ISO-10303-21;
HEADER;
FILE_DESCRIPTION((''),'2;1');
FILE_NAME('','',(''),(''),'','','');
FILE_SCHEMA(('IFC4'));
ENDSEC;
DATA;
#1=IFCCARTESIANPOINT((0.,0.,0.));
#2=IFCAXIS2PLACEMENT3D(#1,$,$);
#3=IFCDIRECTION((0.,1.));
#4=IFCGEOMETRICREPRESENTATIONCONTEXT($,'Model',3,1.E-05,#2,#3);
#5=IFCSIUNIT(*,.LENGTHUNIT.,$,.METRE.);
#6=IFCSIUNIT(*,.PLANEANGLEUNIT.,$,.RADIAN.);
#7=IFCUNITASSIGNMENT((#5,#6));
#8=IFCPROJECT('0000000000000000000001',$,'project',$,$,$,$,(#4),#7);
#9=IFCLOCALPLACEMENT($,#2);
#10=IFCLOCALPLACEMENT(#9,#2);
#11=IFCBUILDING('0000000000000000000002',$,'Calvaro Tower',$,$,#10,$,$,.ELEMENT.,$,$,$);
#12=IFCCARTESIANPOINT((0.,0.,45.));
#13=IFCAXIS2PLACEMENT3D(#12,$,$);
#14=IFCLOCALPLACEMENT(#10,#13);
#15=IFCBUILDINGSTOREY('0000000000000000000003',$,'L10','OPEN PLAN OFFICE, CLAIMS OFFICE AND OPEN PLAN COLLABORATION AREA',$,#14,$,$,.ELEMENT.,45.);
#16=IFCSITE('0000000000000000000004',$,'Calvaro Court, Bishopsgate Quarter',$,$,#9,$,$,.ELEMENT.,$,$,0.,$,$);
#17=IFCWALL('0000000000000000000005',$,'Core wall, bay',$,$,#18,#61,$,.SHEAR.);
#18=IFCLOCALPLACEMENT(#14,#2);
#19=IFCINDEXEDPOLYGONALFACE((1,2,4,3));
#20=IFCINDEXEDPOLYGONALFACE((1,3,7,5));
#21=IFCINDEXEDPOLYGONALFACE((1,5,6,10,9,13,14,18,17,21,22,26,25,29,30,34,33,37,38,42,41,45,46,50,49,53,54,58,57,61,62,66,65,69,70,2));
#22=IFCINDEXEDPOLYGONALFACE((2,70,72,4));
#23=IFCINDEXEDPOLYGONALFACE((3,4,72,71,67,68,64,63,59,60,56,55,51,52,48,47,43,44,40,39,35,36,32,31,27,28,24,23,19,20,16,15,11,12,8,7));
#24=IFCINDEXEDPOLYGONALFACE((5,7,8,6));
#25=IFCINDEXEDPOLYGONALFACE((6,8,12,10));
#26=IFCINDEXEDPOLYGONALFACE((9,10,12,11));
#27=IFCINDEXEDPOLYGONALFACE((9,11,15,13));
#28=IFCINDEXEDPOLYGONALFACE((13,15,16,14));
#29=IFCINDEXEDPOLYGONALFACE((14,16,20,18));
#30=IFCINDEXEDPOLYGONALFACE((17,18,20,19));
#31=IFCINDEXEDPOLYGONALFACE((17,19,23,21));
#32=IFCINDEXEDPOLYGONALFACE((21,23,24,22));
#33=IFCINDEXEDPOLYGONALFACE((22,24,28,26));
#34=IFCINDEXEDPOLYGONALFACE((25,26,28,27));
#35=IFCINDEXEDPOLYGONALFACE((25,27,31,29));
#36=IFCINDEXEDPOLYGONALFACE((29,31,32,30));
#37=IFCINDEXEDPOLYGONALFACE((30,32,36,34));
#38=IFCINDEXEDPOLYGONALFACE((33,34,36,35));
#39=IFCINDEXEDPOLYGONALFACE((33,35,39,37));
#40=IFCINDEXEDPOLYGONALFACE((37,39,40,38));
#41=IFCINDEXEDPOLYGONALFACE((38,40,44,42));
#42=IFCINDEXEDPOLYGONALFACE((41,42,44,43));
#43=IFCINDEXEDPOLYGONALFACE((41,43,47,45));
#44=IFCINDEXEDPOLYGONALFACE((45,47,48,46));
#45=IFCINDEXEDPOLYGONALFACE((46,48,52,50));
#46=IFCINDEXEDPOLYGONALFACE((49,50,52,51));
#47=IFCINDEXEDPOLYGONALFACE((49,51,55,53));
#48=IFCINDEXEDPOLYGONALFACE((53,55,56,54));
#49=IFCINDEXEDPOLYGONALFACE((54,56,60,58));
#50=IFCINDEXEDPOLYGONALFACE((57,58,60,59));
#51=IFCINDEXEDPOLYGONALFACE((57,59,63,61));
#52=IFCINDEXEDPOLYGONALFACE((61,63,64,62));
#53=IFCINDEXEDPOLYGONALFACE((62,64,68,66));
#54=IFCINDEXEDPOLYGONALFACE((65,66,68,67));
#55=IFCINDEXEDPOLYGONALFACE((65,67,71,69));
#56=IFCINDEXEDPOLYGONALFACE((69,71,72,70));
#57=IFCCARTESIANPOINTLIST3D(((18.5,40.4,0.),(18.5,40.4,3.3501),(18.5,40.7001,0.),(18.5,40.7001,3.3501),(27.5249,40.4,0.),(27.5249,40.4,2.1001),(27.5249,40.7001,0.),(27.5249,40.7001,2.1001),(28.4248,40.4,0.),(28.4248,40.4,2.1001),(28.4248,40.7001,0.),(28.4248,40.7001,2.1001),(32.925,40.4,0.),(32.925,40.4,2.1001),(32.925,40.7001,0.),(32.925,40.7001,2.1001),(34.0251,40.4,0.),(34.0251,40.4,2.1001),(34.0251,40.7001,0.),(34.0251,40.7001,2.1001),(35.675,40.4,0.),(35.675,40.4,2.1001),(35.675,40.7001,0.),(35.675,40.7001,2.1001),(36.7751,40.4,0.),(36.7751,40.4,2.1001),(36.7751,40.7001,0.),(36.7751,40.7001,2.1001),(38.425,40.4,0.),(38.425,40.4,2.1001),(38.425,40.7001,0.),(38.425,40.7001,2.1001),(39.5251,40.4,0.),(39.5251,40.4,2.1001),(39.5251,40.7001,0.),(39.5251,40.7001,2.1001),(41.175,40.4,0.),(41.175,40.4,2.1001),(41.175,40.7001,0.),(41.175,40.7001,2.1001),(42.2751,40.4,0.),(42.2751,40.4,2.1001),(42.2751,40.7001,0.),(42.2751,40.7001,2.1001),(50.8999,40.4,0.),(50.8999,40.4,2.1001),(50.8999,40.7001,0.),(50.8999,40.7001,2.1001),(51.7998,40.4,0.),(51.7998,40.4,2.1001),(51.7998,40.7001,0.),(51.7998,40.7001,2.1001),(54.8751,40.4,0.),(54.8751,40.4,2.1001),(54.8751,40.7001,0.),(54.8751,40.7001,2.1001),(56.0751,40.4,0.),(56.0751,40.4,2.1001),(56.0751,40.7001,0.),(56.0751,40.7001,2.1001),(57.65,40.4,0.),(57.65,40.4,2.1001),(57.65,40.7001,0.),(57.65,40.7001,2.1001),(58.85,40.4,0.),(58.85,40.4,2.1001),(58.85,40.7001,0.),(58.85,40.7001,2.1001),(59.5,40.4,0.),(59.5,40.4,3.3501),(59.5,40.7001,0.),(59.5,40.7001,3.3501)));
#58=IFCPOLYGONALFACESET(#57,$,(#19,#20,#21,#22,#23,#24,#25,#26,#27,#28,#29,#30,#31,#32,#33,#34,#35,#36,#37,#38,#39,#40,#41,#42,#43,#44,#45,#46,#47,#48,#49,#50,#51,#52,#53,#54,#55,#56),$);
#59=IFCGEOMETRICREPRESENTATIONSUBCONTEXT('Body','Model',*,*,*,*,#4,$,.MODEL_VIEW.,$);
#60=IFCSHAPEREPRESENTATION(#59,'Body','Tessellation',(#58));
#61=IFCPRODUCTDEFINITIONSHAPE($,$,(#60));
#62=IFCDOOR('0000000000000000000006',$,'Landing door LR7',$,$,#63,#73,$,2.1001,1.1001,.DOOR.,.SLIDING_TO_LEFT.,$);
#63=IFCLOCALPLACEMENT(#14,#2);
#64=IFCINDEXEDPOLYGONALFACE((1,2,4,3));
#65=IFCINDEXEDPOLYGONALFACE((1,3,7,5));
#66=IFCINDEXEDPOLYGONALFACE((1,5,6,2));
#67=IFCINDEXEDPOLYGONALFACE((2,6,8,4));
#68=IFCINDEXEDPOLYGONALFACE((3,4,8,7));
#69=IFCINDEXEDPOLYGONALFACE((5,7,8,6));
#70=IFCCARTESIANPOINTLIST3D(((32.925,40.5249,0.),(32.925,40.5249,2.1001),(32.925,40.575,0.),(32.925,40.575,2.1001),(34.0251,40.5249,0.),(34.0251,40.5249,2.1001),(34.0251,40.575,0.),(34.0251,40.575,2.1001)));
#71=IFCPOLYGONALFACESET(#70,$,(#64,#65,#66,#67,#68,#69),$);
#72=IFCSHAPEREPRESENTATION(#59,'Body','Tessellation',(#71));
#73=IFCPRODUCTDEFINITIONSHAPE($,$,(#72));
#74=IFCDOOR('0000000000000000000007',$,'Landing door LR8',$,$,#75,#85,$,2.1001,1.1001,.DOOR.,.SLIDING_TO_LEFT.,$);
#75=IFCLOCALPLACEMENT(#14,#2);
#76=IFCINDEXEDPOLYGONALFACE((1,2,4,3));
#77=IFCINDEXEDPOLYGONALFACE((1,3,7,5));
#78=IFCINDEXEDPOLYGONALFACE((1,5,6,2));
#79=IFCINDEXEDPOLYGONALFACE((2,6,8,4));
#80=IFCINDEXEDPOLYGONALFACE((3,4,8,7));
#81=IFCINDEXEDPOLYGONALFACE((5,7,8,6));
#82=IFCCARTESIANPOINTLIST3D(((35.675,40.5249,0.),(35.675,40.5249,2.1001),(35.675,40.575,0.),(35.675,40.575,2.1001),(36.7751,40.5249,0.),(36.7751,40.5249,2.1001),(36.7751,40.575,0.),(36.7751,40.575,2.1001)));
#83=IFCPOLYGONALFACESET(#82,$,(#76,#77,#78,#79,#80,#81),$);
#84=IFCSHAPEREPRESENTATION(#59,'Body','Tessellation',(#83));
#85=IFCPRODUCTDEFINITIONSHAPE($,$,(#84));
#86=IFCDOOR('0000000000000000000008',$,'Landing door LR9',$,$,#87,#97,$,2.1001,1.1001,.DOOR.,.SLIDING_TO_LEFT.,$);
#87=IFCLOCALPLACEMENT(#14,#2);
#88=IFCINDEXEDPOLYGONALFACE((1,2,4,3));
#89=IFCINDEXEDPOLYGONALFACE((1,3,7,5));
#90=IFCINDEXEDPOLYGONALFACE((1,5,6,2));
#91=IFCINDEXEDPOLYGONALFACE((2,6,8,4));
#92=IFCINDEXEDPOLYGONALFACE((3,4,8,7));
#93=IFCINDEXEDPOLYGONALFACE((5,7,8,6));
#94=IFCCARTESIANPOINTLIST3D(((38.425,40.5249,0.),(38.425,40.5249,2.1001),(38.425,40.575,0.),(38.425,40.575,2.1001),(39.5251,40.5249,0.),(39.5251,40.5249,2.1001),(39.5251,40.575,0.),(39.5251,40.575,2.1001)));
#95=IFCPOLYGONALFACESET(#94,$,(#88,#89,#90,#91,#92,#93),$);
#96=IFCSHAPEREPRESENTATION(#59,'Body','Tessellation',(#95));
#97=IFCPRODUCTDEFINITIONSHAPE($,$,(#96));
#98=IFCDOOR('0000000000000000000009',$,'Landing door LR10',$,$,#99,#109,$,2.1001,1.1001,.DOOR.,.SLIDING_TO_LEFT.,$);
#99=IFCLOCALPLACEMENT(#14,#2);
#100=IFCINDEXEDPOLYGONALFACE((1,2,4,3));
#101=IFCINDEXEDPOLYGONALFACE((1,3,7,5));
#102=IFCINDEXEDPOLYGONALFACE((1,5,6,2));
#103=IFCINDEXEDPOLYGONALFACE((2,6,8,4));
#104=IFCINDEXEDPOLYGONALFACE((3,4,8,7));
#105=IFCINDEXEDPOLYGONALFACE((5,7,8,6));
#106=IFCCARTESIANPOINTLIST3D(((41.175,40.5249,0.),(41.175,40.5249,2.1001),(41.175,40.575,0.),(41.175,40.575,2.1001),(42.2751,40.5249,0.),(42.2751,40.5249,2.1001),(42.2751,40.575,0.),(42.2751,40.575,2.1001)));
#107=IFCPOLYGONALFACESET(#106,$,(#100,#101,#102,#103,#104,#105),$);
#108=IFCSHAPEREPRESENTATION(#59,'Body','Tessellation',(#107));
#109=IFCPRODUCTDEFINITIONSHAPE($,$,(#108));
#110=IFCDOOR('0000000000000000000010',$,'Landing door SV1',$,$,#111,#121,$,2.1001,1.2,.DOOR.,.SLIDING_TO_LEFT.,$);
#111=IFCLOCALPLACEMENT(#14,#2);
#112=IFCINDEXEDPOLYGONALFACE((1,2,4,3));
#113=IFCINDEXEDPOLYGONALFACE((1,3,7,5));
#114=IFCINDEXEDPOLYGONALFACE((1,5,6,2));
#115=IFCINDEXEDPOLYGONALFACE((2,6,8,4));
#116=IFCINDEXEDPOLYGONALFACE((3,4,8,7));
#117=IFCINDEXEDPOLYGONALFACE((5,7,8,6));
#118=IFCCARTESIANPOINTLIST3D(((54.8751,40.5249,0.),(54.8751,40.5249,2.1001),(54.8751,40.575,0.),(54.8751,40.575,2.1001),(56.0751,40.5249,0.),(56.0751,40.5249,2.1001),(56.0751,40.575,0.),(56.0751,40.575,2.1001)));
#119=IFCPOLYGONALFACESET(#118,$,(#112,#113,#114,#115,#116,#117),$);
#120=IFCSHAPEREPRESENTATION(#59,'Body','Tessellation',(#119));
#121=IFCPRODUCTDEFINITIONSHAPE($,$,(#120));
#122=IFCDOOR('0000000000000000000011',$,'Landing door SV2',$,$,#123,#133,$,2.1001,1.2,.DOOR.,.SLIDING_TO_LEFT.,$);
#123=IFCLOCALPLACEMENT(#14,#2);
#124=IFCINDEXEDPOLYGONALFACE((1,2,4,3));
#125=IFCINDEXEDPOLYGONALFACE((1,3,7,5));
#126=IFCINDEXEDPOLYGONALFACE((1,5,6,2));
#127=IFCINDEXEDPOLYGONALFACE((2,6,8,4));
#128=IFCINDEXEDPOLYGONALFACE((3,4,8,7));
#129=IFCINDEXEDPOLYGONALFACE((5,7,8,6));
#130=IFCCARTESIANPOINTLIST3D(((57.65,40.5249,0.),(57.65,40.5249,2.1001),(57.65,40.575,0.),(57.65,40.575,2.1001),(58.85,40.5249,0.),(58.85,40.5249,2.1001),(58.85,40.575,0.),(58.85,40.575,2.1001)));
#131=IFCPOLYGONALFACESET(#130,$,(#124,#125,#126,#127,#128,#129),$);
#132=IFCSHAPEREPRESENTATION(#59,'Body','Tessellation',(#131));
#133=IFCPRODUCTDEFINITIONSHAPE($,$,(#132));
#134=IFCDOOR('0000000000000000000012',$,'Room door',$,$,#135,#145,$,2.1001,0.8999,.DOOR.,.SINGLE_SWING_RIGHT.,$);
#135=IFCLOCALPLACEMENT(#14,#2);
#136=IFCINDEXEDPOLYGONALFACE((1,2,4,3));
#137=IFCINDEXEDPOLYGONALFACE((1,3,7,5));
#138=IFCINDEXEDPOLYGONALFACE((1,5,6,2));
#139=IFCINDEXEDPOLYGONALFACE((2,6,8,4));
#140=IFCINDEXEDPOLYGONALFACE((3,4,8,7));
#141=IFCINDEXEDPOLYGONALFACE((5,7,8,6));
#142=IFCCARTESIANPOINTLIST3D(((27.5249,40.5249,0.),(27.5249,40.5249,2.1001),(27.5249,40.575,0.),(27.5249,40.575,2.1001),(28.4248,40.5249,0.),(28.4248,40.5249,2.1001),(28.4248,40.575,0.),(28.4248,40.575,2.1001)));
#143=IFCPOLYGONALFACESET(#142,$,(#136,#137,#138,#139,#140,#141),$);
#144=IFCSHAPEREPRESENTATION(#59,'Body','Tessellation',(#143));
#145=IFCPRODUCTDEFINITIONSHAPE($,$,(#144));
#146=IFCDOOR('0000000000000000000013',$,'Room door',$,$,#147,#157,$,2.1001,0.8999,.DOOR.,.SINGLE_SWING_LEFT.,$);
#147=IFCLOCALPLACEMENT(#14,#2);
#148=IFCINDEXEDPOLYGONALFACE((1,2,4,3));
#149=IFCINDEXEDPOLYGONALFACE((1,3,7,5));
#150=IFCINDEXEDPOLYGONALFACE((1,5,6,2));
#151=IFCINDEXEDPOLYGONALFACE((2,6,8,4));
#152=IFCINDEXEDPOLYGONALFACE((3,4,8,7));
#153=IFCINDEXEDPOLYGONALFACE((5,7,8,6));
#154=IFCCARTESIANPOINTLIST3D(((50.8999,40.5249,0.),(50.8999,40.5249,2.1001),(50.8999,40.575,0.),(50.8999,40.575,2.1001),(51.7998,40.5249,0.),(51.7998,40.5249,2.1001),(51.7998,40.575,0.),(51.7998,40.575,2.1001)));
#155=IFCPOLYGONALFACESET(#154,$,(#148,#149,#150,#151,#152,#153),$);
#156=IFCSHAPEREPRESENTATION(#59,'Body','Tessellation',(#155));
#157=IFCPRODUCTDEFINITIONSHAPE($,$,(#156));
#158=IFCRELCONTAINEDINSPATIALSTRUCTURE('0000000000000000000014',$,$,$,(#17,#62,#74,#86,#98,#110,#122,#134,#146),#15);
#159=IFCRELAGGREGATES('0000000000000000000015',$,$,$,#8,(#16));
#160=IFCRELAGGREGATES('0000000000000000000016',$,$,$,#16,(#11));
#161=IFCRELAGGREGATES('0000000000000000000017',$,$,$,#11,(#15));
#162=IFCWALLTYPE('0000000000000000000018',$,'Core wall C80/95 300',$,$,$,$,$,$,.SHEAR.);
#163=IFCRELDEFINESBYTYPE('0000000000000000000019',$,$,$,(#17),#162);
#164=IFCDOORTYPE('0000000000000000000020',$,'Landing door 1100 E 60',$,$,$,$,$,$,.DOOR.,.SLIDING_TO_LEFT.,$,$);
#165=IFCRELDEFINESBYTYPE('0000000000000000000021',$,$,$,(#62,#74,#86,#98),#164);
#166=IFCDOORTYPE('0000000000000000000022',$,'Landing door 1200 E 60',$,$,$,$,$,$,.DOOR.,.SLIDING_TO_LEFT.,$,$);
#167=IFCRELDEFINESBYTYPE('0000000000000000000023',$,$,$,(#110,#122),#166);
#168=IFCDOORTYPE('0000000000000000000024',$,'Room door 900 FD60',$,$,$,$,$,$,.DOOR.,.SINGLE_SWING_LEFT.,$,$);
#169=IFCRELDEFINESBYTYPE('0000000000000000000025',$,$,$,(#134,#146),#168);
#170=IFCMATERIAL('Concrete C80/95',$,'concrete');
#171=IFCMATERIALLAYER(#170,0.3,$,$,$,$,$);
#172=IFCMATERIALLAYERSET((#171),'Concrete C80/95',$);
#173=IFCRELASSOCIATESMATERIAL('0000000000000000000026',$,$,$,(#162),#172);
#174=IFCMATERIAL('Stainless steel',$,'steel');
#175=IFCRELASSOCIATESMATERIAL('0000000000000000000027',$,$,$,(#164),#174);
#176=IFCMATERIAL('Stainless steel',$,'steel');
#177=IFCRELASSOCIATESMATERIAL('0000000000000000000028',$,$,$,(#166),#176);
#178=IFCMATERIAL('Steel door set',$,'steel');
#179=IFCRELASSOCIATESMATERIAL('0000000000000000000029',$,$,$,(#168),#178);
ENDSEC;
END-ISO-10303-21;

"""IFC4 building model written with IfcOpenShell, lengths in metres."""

from ifc_helpers import new_model, si_unit, direction, frame, frame_2d, origin, place, context, subcontext, project, spatial, rectangle, extrude, material, layer, layer_set, type_object, element, fill, save


model = new_model("IFC4")

# Units and contexts
model_context = context("Model", 3, precision=1e-05, world=origin(), true_north=direction((0.0, 1.0)))
body_context = subcontext(model_context, "Body", "Model", "MODEL_VIEW")
ifc_project = project(units=[si_unit("LENGTHUNIT", "METRE"), si_unit("PLANEANGLEUNIT", "RADIAN")], contexts=[model_context])

# Site, building, storey
site_placement = place(None, origin())
site = spatial("IfcSite", under=ifc_project, at=site_placement, Name="Calvaro Court, Bishopsgate Quarter", CompositionType="ELEMENT", RefElevation=0.0)
building_placement = place(site_placement, origin())
building = spatial("IfcBuilding", under=site, at=building_placement, Name="Calvaro Tower", CompositionType="ELEMENT")
storey_placement = place(building_placement, frame((0.0, 0.0, 45.0)))
storey = spatial("IfcBuildingStorey", under=building, at=storey_placement, Name="L10", Description="OPEN PLAN OFFICE, CLAIMS OFFICE AND OPEN PLAN COLLABORATION AREA", CompositionType="ELEMENT", Elevation=45.0)

# Shared definitions
ifc_material_1 = material(Name="Concrete C80/95", Category="concrete")
ifc_layer_1 = layer(ifc_material_1, 0.3)
ifc_layer_set_1 = layer_set([ifc_layer_1], Name="Concrete C80/95")
wall_type_1 = type_object("IfcWallType", Name="Core wall C80/95 300", PredefinedType="SHEAR", material=ifc_layer_set_1)
ifc_material_2 = material(Name="Stainless steel", Category="steel")
door_type_1 = type_object("IfcDoorType", Name="Landing door 1100 E 60", OperationType="SLIDING_TO_LEFT", PredefinedType="DOOR", material=ifc_material_2)

# Wall, openings, doors
wall_1_placement = place(storey_placement, frame((18.5, 40.55, 0.0), z_axis=(0.0, 0.0, 1.0), x_axis=(1.0, 0.0, 0.0)))
wall_1 = element("IfcWall", 1, at=wall_1_placement, inside=storey, type_object=wall_type_1, Name="Core wall, bay", PredefinedType="SHEAR", context=body_context, shape_type="SweptSolid", body=[
    extrude(rectangle(XDim=41.0, YDim=0.3, at=frame_2d((20.5, 0.0))), origin(), (0.0, 0.0, 1.0), 3.3501),
])
opening_1_placement = place(wall_1_placement, frame((9.0249, 0.0, 0.0)))
opening_1 = element("IfcOpeningElement", 2, at=opening_1_placement, cuts=wall_1, PredefinedType="OPENING", context=body_context, shape_type="SweptSolid", body=[
    extrude(rectangle(XDim=0.8999, YDim=2.1001, at=frame_2d((0.45, 1.05))), frame((0.0, 0.1599, 0.0), z_axis=(0.0, -1.0, 0.0), x_axis=(1.0, 0.0, 0.0)), (0.0, 0.0, 1.0), 0.3201),
])
opening_2_placement = place(wall_1_placement, frame((32.3999, 0.0, 0.0)))
opening_2 = element("IfcOpeningElement", 3, at=opening_2_placement, cuts=wall_1, PredefinedType="OPENING", context=body_context, shape_type="SweptSolid", body=[
    extrude(rectangle(XDim=0.8999, YDim=2.1001, at=frame_2d((0.45, 1.05))), frame((0.0, 0.1599, 0.0), z_axis=(0.0, -1.0, 0.0), x_axis=(1.0, 0.0, 0.0)), (0.0, 0.0, 1.0), 0.3201),
])
opening_3_placement = place(wall_1_placement, frame((14.425, 0.0, 0.0)))
opening_3 = element("IfcOpeningElement", 4, at=opening_3_placement, cuts=wall_1, PredefinedType="OPENING", context=body_context, shape_type="SweptSolid", body=[
    extrude(rectangle(XDim=1.1001, YDim=2.1001, at=frame_2d((0.55, 1.05))), frame((0.0, 0.1599, 0.0), z_axis=(0.0, -1.0, 0.0), x_axis=(1.0, 0.0, 0.0)), (0.0, 0.0, 1.0), 0.3201),
])
opening_4_placement = place(wall_1_placement, frame((17.175, 0.0, 0.0)))
opening_4 = element("IfcOpeningElement", 5, at=opening_4_placement, cuts=wall_1, PredefinedType="OPENING", context=body_context, shape_type="SweptSolid", body=[
    extrude(rectangle(XDim=1.1001, YDim=2.1001, at=frame_2d((0.55, 1.05))), frame((0.0, 0.1599, 0.0), z_axis=(0.0, -1.0, 0.0), x_axis=(1.0, 0.0, 0.0)), (0.0, 0.0, 1.0), 0.3201),
])
opening_5_placement = place(wall_1_placement, frame((19.925, 0.0, 0.0)))
opening_5 = element("IfcOpeningElement", 6, at=opening_5_placement, cuts=wall_1, PredefinedType="OPENING", context=body_context, shape_type="SweptSolid", body=[
    extrude(rectangle(XDim=1.1001, YDim=2.1001, at=frame_2d((0.55, 1.05))), frame((0.0, 0.1599, 0.0), z_axis=(0.0, -1.0, 0.0), x_axis=(1.0, 0.0, 0.0)), (0.0, 0.0, 1.0), 0.3201),
])
opening_6_placement = place(wall_1_placement, frame((22.675, 0.0, 0.0)))
opening_6 = element("IfcOpeningElement", 7, at=opening_6_placement, cuts=wall_1, PredefinedType="OPENING", context=body_context, shape_type="SweptSolid", body=[
    extrude(rectangle(XDim=1.1001, YDim=2.1001, at=frame_2d((0.55, 1.05))), frame((0.0, 0.1599, 0.0), z_axis=(0.0, -1.0, 0.0), x_axis=(1.0, 0.0, 0.0)), (0.0, 0.0, 1.0), 0.3201),
])
opening_7_placement = place(wall_1_placement, frame((36.375, 0.0, 0.0)))
opening_7 = element("IfcOpeningElement", 8, at=opening_7_placement, cuts=wall_1, PredefinedType="OPENING", context=body_context, shape_type="SweptSolid", body=[
    extrude(rectangle(XDim=1.2, YDim=2.1001, at=frame_2d((0.6001, 1.05))), frame((0.0, 0.1599, 0.0), z_axis=(0.0, -1.0, 0.0), x_axis=(1.0, 0.0, 0.0)), (0.0, 0.0, 1.0), 0.3201),
])
opening_8_placement = place(wall_1_placement, frame((39.1499, 0.0, 0.0)))
opening_8 = element("IfcOpeningElement", 9, at=opening_8_placement, cuts=wall_1, PredefinedType="OPENING", context=body_context, shape_type="SweptSolid", body=[
    extrude(rectangle(XDim=1.2, YDim=2.1001, at=frame_2d((0.6001, 1.05))), frame((0.0, 0.1599, 0.0), z_axis=(0.0, -1.0, 0.0), x_axis=(1.0, 0.0, 0.0)), (0.0, 0.0, 1.0), 0.3201),
])
door_1_placement = place(opening_3_placement, origin())
door_1 = element("IfcDoor", 10, at=door_1_placement, inside=storey, type_object=door_type_1, Name="Landing door LR7", OperationType="SLIDING_TO_LEFT", OverallHeight=2.1001, OverallWidth=1.1001, PredefinedType="DOOR", context=body_context, shape_type="SweptSolid", body=[
    extrude(rectangle(XDim=1.1001, YDim=2.1001, at=frame_2d((0.55, 1.05))), frame((0.0, 0.0249, 0.0), z_axis=(0.0, -1.0, 0.0), x_axis=(1.0, 0.0, 0.0)), (0.0, 0.0, 1.0), 0.05),
])
fill(opening_3, door_1)
door_2_placement = place(opening_4_placement, origin())
door_2 = element("IfcDoor", 11, at=door_2_placement, inside=storey, type_object=door_type_1, Name="Landing door LR8", OperationType="SLIDING_TO_LEFT", OverallHeight=2.1001, OverallWidth=1.1001, PredefinedType="DOOR", context=body_context, shape_type="SweptSolid", body=[
    extrude(rectangle(XDim=1.1001, YDim=2.1001, at=frame_2d((0.55, 1.05))), frame((0.0, 0.0249, 0.0), z_axis=(0.0, -1.0, 0.0), x_axis=(1.0, 0.0, 0.0)), (0.0, 0.0, 1.0), 0.05),
])
fill(opening_4, door_2)
door_3_placement = place(opening_5_placement, origin())
door_3 = element("IfcDoor", 12, at=door_3_placement, inside=storey, type_object=door_type_1, Name="Landing door LR9", OperationType="SLIDING_TO_LEFT", OverallHeight=2.1001, OverallWidth=1.1001, PredefinedType="DOOR", context=body_context, shape_type="SweptSolid", body=[
    extrude(rectangle(XDim=1.1001, YDim=2.1001, at=frame_2d((0.55, 1.05))), frame((0.0, 0.0249, 0.0), z_axis=(0.0, -1.0, 0.0), x_axis=(1.0, 0.0, 0.0)), (0.0, 0.0, 1.0), 0.05),
])
fill(opening_5, door_3)
door_4_placement = place(opening_6_placement, origin())
door_4 = element("IfcDoor", 13, at=door_4_placement, inside=storey, type_object=door_type_1, Name="Landing door LR10", OperationType="SLIDING_TO_LEFT", OverallHeight=2.1001, OverallWidth=1.1001, PredefinedType="DOOR", context=body_context, shape_type="SweptSolid", body=[
    extrude(rectangle(XDim=1.1001, YDim=2.1001, at=frame_2d((0.55, 1.05))), frame((0.0, 0.0249, 0.0), z_axis=(0.0, -1.0, 0.0), x_axis=(1.0, 0.0, 0.0)), (0.0, 0.0, 1.0), 0.05),
])
fill(opening_6, door_4)
ifc_material_3 = material(Name="Stainless steel", Category="steel")
door_type_2 = type_object("IfcDoorType", Name="Landing door 1200 E 60", OperationType="SLIDING_TO_LEFT", PredefinedType="DOOR", material=ifc_material_3)
door_5_placement = place(opening_7_placement, origin())
door_5 = element("IfcDoor", 14, at=door_5_placement, inside=storey, type_object=door_type_2, Name="Landing door SV1", OperationType="SLIDING_TO_LEFT", OverallHeight=2.1001, OverallWidth=1.2, PredefinedType="DOOR", context=body_context, shape_type="SweptSolid", body=[
    extrude(rectangle(XDim=1.2, YDim=2.1001, at=frame_2d((0.6001, 1.05))), frame((0.0, 0.0249, 0.0), z_axis=(0.0, -1.0, 0.0), x_axis=(1.0, 0.0, 0.0)), (0.0, 0.0, 1.0), 0.05),
])
fill(opening_7, door_5)
door_6_placement = place(opening_8_placement, origin())
door_6 = element("IfcDoor", 15, at=door_6_placement, inside=storey, type_object=door_type_2, Name="Landing door SV2", OperationType="SLIDING_TO_LEFT", OverallHeight=2.1001, OverallWidth=1.2, PredefinedType="DOOR", context=body_context, shape_type="SweptSolid", body=[
    extrude(rectangle(XDim=1.2, YDim=2.1001, at=frame_2d((0.6001, 1.05))), frame((0.0, 0.0249, 0.0), z_axis=(0.0, -1.0, 0.0), x_axis=(1.0, 0.0, 0.0)), (0.0, 0.0, 1.0), 0.05),
])
fill(opening_8, door_6)
ifc_material_4 = material(Name="Steel door set", Category="steel")
door_type_3 = type_object("IfcDoorType", Name="Room door 900 FD60", OperationType="SINGLE_SWING_LEFT", PredefinedType="DOOR", material=ifc_material_4)
door_7_placement = place(opening_1_placement, origin())
door_7 = element("IfcDoor", 16, at=door_7_placement, inside=storey, type_object=door_type_3, Name="Room door", OperationType="SINGLE_SWING_RIGHT", OverallHeight=2.1001, OverallWidth=0.8999, PredefinedType="DOOR", context=body_context, shape_type="SweptSolid", body=[
    extrude(rectangle(XDim=0.8999, YDim=2.1001, at=frame_2d((0.45, 1.05))), frame((0.0, 0.0249, 0.0), z_axis=(0.0, -1.0, 0.0), x_axis=(1.0, 0.0, 0.0)), (0.0, 0.0, 1.0), 0.05),
])
fill(opening_1, door_7)
door_8_placement = place(opening_2_placement, origin())
door_8 = element("IfcDoor", 17, at=door_8_placement, inside=storey, type_object=door_type_3, Name="Room door", OperationType="SINGLE_SWING_LEFT", OverallHeight=2.1001, OverallWidth=0.8999, PredefinedType="DOOR", context=body_context, shape_type="SweptSolid", body=[
    extrude(rectangle(XDim=0.8999, YDim=2.1001, at=frame_2d((0.45, 1.05))), frame((0.0, 0.0249, 0.0), z_axis=(0.0, -1.0, 0.0), x_axis=(1.0, 0.0, 0.0)), (0.0, 0.0, 1.0), 0.05),
])
fill(opening_2, door_8)

save(model, "model.ifc")
